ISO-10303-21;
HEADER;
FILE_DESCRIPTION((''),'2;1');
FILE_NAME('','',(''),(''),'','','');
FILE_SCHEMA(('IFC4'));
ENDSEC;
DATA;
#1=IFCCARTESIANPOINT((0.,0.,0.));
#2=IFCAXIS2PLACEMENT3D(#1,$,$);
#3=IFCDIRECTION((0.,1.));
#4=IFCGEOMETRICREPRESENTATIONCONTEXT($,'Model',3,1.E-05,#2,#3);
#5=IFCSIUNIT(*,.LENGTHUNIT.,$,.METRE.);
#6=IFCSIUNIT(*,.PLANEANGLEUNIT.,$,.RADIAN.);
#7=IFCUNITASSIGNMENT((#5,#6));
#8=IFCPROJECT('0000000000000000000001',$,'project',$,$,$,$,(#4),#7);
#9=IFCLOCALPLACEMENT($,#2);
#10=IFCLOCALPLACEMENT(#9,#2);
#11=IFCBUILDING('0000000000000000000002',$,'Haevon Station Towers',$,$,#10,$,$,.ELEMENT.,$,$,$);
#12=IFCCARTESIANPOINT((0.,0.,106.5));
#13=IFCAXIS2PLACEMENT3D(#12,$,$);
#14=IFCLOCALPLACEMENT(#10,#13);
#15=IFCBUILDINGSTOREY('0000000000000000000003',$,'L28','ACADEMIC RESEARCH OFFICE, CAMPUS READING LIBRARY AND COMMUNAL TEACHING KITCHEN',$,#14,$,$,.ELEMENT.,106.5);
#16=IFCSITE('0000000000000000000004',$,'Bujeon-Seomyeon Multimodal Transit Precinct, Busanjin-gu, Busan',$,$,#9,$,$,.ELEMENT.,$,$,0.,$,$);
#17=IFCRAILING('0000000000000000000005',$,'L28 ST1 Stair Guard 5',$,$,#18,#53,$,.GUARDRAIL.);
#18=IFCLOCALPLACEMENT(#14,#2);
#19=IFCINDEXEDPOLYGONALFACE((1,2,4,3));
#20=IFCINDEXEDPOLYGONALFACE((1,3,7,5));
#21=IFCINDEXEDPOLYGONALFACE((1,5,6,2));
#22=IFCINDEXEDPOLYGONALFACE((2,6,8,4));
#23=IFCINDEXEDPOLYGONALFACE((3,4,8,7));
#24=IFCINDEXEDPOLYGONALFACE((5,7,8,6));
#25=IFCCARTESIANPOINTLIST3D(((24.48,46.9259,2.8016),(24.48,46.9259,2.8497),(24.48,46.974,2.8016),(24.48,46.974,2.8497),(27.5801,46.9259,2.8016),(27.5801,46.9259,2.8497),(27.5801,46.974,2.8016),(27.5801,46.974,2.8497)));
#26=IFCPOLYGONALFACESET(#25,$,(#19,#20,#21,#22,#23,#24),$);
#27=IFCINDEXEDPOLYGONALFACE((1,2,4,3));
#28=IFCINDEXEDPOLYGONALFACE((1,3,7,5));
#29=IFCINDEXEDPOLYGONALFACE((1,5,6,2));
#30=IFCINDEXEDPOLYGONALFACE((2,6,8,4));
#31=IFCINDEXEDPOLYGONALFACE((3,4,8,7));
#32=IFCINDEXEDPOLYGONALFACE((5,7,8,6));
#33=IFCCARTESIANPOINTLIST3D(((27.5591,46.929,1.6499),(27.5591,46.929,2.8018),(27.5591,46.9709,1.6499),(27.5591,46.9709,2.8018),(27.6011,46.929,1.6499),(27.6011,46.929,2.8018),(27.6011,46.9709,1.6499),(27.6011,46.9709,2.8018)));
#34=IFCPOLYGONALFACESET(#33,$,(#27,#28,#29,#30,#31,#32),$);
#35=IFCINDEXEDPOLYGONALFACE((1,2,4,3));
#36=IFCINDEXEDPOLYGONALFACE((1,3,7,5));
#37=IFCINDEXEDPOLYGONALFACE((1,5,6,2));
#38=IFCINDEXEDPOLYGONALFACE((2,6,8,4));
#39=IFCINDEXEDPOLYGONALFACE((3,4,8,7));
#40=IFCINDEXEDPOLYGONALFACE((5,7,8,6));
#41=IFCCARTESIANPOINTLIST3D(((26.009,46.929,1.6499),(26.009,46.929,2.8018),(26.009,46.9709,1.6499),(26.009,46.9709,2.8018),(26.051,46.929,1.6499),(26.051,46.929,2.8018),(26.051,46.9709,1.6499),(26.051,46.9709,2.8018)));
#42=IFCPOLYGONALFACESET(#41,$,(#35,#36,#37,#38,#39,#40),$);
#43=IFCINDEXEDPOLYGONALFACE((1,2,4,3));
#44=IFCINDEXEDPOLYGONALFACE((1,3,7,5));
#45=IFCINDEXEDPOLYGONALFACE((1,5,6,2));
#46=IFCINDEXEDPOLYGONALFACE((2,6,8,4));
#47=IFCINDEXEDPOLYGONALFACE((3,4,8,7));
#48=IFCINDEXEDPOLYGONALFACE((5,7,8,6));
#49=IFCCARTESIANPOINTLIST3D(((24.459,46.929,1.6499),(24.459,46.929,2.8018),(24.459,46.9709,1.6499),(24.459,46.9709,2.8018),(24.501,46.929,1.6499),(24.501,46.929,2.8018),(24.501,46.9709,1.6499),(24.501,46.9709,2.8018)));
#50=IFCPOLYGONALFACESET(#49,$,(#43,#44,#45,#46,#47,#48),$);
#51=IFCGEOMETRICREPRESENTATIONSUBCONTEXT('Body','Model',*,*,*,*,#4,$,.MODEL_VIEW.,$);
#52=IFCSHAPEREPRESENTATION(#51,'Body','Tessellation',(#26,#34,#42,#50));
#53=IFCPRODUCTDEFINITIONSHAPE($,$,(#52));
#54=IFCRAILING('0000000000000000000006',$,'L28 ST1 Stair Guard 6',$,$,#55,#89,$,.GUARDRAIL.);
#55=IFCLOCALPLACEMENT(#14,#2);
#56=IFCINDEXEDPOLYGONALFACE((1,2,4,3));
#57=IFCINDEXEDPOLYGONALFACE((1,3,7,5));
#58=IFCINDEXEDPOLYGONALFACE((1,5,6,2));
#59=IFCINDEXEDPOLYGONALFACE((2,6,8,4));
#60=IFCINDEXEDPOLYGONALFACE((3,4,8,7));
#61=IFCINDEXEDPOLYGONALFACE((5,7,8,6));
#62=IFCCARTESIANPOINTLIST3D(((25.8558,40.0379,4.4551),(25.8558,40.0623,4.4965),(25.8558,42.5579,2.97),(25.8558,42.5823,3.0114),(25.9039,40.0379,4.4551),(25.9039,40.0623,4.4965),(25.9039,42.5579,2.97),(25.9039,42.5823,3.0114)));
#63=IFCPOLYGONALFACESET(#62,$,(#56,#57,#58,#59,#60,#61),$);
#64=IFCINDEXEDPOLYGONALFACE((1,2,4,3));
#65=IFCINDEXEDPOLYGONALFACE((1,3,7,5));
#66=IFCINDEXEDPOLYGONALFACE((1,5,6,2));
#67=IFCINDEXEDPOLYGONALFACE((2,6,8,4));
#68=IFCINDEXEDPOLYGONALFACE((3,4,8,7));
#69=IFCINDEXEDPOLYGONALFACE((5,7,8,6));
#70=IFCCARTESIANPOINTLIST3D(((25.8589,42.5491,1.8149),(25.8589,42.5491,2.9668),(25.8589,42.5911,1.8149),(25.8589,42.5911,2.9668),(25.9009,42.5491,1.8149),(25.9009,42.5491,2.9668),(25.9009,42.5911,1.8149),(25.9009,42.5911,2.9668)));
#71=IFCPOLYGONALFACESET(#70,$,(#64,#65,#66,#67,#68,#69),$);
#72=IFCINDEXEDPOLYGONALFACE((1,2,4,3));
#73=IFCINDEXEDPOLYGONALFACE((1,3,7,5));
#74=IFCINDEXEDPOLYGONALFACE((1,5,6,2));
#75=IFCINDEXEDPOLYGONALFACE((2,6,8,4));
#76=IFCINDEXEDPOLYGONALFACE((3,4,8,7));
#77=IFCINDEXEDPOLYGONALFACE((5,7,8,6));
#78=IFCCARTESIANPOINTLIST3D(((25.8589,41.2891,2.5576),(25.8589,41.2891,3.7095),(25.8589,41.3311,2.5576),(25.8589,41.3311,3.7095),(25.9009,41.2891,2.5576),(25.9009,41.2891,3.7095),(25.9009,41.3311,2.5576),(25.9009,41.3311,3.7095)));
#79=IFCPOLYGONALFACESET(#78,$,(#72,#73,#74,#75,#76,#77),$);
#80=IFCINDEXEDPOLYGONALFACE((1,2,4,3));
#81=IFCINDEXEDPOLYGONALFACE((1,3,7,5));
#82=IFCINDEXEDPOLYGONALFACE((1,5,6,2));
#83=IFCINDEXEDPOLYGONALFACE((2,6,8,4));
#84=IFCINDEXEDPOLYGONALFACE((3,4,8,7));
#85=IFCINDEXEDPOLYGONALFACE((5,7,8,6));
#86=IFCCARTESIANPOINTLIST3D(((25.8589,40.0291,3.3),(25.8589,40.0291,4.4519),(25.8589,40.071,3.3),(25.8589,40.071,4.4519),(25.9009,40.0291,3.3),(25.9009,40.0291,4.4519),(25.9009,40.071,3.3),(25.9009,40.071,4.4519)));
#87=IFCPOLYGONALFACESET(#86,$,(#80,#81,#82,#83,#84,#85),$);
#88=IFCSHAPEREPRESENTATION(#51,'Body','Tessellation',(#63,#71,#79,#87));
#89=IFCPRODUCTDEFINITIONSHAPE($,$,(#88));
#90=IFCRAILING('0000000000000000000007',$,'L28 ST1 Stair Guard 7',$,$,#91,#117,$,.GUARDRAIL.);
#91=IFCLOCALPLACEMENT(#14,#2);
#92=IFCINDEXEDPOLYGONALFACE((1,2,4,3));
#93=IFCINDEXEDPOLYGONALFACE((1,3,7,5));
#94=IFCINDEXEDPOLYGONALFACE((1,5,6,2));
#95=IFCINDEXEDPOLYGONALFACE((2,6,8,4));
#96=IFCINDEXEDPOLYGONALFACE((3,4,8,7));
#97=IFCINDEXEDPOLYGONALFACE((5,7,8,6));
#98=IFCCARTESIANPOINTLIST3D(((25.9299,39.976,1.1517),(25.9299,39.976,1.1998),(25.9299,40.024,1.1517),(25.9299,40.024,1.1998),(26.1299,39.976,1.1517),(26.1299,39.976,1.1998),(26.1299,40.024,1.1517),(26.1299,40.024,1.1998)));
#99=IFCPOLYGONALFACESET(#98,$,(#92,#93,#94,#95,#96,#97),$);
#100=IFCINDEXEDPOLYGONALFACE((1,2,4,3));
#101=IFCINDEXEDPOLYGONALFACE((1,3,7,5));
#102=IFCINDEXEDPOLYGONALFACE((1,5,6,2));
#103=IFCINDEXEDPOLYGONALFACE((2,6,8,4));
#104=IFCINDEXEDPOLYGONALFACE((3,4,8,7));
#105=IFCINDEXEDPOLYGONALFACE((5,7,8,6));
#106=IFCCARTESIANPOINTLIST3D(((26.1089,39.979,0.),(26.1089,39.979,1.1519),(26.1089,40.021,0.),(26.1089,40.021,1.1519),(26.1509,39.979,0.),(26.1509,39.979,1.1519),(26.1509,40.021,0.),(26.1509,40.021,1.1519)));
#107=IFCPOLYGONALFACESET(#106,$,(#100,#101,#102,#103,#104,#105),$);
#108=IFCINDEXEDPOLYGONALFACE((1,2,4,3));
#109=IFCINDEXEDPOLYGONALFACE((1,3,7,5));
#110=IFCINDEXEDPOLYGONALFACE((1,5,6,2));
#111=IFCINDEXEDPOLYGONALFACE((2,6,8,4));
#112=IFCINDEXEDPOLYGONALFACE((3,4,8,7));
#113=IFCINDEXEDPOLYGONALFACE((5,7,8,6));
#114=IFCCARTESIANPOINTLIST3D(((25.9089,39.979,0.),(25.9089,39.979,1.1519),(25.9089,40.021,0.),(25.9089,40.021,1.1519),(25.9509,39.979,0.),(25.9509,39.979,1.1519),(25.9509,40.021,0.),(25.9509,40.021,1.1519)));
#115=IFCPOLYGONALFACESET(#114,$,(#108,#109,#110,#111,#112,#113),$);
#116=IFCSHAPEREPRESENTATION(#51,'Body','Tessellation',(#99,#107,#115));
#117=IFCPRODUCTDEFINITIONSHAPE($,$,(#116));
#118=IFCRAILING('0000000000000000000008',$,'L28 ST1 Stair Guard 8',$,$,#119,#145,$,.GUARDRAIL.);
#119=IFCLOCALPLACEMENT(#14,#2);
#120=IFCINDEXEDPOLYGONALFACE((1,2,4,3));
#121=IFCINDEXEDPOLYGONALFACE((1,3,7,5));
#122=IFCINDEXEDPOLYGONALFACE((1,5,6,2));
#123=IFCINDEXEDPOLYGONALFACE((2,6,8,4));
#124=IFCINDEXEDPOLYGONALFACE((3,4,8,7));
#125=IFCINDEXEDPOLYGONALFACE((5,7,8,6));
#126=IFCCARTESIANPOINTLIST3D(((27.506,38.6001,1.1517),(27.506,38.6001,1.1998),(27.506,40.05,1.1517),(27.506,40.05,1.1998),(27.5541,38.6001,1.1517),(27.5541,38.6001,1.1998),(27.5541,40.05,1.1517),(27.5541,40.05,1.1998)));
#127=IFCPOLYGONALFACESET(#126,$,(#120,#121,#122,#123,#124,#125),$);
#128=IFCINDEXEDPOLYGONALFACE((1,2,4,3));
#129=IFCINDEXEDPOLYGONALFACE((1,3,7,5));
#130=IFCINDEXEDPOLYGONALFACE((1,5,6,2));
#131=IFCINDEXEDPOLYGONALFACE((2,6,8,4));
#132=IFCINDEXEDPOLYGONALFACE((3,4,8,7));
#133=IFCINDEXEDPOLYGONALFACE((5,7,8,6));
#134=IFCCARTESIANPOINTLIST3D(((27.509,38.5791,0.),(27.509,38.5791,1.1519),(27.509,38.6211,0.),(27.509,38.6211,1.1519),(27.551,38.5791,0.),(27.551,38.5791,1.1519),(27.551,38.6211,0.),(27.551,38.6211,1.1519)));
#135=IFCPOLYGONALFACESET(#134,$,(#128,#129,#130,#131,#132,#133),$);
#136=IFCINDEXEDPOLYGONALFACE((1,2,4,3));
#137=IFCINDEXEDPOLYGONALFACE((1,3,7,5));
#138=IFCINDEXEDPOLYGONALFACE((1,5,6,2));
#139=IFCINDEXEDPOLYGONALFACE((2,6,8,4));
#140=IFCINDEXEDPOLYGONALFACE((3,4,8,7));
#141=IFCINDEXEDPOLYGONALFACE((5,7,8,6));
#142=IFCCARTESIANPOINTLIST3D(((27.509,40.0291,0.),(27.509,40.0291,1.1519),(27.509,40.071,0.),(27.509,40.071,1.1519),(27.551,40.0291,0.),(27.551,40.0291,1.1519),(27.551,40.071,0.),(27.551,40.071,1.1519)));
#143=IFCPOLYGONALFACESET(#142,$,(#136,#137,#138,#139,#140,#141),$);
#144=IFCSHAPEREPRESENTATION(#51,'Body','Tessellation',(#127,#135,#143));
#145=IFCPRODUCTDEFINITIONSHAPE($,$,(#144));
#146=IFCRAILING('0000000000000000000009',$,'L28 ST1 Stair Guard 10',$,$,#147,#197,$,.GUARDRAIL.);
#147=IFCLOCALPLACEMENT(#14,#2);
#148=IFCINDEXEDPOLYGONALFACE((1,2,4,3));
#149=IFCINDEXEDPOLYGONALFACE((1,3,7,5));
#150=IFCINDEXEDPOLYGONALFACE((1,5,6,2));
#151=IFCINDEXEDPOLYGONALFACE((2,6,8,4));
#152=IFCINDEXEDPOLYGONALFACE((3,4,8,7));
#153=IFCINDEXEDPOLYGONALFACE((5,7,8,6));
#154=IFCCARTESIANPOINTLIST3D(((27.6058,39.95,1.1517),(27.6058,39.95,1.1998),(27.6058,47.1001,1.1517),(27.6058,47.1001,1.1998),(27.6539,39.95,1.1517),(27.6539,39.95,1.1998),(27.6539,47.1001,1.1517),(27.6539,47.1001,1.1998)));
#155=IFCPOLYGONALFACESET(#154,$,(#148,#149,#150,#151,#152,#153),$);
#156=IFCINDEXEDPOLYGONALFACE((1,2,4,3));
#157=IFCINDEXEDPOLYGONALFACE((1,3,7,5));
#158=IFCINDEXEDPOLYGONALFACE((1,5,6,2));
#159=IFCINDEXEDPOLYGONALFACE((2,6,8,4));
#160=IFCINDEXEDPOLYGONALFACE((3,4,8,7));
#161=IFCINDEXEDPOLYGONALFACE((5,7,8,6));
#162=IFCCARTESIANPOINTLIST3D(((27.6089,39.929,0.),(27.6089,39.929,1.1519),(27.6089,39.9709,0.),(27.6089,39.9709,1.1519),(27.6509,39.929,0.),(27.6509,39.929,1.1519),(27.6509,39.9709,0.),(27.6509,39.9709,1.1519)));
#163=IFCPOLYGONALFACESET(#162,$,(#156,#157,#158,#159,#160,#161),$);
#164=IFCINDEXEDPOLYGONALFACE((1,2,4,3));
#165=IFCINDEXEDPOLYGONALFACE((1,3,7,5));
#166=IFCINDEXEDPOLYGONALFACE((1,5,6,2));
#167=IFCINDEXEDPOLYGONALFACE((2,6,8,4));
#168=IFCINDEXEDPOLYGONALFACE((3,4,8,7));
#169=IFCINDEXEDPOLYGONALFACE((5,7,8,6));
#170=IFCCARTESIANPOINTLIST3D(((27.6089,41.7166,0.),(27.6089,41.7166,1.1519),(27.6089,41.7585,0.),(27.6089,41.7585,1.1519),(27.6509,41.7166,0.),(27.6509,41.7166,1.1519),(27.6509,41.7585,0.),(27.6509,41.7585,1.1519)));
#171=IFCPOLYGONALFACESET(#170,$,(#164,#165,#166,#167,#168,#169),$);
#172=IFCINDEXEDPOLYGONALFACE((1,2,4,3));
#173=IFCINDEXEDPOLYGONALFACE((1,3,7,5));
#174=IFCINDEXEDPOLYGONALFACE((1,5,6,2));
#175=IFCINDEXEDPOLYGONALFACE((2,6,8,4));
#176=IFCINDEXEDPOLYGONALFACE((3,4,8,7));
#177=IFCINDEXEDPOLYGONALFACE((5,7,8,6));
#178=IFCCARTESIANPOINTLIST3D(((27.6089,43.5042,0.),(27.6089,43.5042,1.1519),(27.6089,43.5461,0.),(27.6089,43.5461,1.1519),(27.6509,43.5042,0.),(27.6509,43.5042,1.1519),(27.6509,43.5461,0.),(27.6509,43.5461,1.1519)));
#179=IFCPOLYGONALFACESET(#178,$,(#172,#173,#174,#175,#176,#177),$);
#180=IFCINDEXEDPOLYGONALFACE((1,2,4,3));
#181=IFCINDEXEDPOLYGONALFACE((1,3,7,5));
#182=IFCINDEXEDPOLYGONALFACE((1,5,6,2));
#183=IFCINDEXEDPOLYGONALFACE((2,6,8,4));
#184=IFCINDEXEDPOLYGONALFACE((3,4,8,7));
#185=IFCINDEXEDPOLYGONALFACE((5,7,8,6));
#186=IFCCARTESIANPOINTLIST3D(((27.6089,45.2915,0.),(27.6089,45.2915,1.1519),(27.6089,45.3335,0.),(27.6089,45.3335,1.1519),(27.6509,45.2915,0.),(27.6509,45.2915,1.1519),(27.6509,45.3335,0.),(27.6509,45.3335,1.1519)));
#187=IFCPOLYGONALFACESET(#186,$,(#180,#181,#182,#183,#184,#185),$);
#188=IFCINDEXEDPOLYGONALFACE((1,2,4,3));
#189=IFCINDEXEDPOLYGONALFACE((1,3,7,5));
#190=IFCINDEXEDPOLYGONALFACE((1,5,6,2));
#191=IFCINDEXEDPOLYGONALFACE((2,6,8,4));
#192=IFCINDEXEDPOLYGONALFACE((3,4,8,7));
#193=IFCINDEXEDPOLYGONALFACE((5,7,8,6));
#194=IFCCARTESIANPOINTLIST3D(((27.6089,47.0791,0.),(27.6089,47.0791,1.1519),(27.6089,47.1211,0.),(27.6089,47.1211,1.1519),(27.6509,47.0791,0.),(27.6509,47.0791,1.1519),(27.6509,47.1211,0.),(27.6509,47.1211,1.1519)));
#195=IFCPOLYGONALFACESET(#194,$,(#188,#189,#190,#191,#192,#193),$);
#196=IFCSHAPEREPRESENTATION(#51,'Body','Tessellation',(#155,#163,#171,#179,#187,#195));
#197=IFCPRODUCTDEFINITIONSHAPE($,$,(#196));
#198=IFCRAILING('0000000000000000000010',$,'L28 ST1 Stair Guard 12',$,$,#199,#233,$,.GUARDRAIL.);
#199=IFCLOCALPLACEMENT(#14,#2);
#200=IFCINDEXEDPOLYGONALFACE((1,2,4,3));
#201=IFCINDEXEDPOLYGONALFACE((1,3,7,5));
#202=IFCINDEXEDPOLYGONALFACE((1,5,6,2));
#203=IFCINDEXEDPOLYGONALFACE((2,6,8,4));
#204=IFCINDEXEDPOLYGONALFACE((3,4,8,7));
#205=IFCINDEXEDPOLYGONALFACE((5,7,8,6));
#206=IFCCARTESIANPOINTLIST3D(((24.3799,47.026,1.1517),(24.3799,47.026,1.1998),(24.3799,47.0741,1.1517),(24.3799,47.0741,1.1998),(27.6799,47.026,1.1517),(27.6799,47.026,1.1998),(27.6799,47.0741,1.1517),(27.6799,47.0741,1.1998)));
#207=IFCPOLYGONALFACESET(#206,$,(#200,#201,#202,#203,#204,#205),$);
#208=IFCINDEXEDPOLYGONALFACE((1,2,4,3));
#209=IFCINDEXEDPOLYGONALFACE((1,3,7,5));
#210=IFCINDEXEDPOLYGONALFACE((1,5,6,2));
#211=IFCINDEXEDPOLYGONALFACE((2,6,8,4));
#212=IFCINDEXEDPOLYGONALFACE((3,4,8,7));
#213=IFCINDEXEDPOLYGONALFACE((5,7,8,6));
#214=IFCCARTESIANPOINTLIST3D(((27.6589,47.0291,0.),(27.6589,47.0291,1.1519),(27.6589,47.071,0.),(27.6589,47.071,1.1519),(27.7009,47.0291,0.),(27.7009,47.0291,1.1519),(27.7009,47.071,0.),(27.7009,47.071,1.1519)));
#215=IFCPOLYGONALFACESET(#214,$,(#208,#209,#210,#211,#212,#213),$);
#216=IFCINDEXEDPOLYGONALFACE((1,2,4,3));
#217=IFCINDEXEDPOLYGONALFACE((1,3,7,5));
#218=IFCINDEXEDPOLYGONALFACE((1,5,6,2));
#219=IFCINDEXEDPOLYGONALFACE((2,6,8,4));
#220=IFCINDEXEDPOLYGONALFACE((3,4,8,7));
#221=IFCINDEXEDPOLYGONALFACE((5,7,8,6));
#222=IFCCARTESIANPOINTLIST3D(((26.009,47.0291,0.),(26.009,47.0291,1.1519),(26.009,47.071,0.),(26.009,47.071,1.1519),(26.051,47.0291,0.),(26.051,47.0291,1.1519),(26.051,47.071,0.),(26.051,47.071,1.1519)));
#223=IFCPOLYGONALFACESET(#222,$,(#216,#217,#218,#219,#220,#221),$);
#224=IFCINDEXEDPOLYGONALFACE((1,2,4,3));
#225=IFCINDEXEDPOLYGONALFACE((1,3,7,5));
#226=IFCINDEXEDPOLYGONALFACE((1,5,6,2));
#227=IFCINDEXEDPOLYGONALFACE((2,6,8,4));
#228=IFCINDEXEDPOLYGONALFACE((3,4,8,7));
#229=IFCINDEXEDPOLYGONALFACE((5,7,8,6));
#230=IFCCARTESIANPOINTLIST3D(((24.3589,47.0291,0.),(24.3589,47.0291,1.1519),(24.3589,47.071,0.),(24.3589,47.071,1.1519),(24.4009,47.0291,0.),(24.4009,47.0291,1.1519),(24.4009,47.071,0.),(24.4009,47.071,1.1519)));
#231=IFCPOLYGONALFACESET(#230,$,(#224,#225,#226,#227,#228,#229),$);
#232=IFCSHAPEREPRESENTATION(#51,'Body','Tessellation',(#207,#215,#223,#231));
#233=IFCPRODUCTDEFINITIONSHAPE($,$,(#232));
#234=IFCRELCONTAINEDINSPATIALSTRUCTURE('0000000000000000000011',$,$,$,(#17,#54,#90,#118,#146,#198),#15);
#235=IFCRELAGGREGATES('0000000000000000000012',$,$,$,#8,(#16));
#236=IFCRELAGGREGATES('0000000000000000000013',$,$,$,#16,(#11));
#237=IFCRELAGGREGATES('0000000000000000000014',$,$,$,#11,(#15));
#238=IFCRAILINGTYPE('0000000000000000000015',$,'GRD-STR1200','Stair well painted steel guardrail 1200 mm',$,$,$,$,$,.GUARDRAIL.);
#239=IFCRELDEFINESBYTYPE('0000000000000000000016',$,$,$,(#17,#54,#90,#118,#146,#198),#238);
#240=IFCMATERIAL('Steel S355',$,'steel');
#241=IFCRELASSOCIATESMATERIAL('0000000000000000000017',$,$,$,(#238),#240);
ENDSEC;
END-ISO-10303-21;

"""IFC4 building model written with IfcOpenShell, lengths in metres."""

from ifc_helpers import new_model, si_unit, direction, frame, origin, origin_2d, place, context, subcontext, project, spatial, rectangle, extrude, material, type_object, element, save


model = new_model("IFC4")

# Units and contexts
model_context = context("Model", 3, precision=1e-05, world=origin(), true_north=direction((0.0, 1.0)))
body_context = subcontext(model_context, "Body", "Model", "MODEL_VIEW")
ifc_project = project(units=[si_unit("LENGTHUNIT", "METRE"), si_unit("PLANEANGLEUNIT", "RADIAN")], contexts=[model_context])

# Site, building, storey
site_placement = place(None, origin())
site = spatial("IfcSite", under=ifc_project, at=site_placement, Name="Bujeon-Seomyeon Multimodal Transit Precinct, Busanjin-gu, Busan", CompositionType="ELEMENT", RefElevation=0.0)
building_placement = place(site_placement, origin())
building = spatial("IfcBuilding", under=site, at=building_placement, Name="Haevon Station Towers", CompositionType="ELEMENT")
storey_placement = place(building_placement, frame((0.0, 0.0, 106.5)))
storey = spatial("IfcBuildingStorey", under=building, at=storey_placement, Name="L28", Description="ACADEMIC RESEARCH OFFICE, CAMPUS READING LIBRARY AND COMMUNAL TEACHING KITCHEN", CompositionType="ELEMENT", Elevation=106.5)

# Shared definitions
ifc_material_1 = material(Name="Steel S355", Category="steel")

# Railings
railing_type_1 = type_object("IfcRailingType", Name="GRD-STR1200", Description="Stair well painted steel guardrail 1200 mm", PredefinedType="GUARDRAIL", material=ifc_material_1)
railing_1_placement = place(storey_placement, frame((27.5801, 46.95, 1.6499)))
element("IfcRailing", 1, at=railing_1_placement, inside=storey, type_object=railing_type_1, Name="L28 ST1 Stair Guard 5", PredefinedType="GUARDRAIL", context=body_context, shape_type="SweptSolid", body=[
    extrude(rectangle(XDim=0.0481, YDim=0.0481, at=origin_2d()), frame((0.0, 0.0, 1.1758), z_axis=(-1.0, 0.0, 0.0), x_axis=(0.0, -1.0, 0.0)), (0.0, 0.0, 1.0), 3.1001),
    extrude(rectangle(XDim=0.042, YDim=0.042, at=origin_2d()), origin(), (0.0, 0.0, 1.0), 1.1519),
    extrude(rectangle(XDim=0.042, YDim=0.042, at=origin_2d()), frame((-1.55, 0.0, 0.0)), (0.0, 0.0, 1.0), 1.1519),
    extrude(rectangle(XDim=0.042, YDim=0.042, at=origin_2d()), frame((-3.1001, 0.0, 0.0)), (0.0, 0.0, 1.0), 1.1519),
])
railing_2_placement = place(storey_placement, frame((25.8799, 42.5701, 1.8149)))
element("IfcRailing", 2, at=railing_2_placement, inside=storey, type_object=railing_type_1, Name="L28 ST1 Stair Guard 6", PredefinedType="GUARDRAIL", context=body_context, shape_type="SweptSolid", body=[
    extrude(rectangle(XDim=0.0481, YDim=0.0481, at=origin_2d()), frame((0.0, 0.0, 1.1758), z_axis=(0.0, -0.861524, 0.507717), x_axis=(1.0, 0.0, 0.0)), (0.0, 0.0, 1.0), 2.925),
    extrude(rectangle(XDim=0.042, YDim=0.042, at=origin_2d()), origin(), (0.0, 0.0, 1.0), 1.1519),
    extrude(rectangle(XDim=0.042, YDim=0.042, at=origin_2d()), frame((0.0, -1.26, 0.7427)), (0.0, 0.0, 1.0), 1.1519),
    extrude(rectangle(XDim=0.042, YDim=0.042, at=origin_2d()), frame((0.0, -2.52, 1.4851)), (0.0, 0.0, 1.0), 1.1519),
])
railing_3_placement = place(storey_placement, frame((26.1299, 40.0, 0.0)))
element("IfcRailing", 3, at=railing_3_placement, inside=storey, type_object=railing_type_1, Name="L28 ST1 Stair Guard 7", PredefinedType="GUARDRAIL", context=body_context, shape_type="SweptSolid", body=[
    extrude(rectangle(XDim=0.0481, YDim=0.0481, at=origin_2d()), frame((0.0, 0.0, 1.1758), z_axis=(-1.0, 0.0, 0.0), x_axis=(0.0, -1.0, 0.0)), (0.0, 0.0, 1.0), 0.2),
    extrude(rectangle(XDim=0.042, YDim=0.042, at=origin_2d()), origin(), (0.0, 0.0, 1.0), 1.1519),
    extrude(rectangle(XDim=0.042, YDim=0.042, at=origin_2d()), frame((-0.2, 0.0, 0.0)), (0.0, 0.0, 1.0), 1.1519),
])
railing_4_placement = place(storey_placement, frame((27.53, 38.6001, 0.0)))
element("IfcRailing", 4, at=railing_4_placement, inside=storey, type_object=railing_type_1, Name="L28 ST1 Stair Guard 8", PredefinedType="GUARDRAIL", context=body_context, shape_type="SweptSolid", body=[
    extrude(rectangle(XDim=0.0481, YDim=0.0481, at=origin_2d()), frame((0.0, 0.0, 1.1758), z_axis=(0.0, 1.0, 0.0), x_axis=(-1.0, 0.0, 0.0)), (0.0, 0.0, 1.0), 1.45),
    extrude(rectangle(XDim=0.042, YDim=0.042, at=origin_2d()), origin(), (0.0, 0.0, 1.0), 1.1519),
    extrude(rectangle(XDim=0.042, YDim=0.042, at=origin_2d()), frame((0.0, 1.45, 0.0)), (0.0, 0.0, 1.0), 1.1519),
])
railing_5_placement = place(storey_placement, frame((27.6299, 39.95, 0.0)))
element("IfcRailing", 5, at=railing_5_placement, inside=storey, type_object=railing_type_1, Name="L28 ST1 Stair Guard 10", PredefinedType="GUARDRAIL", context=body_context, shape_type="SweptSolid", body=[
    extrude(rectangle(XDim=0.0481, YDim=0.0481, at=origin_2d()), frame((0.0, 0.0, 1.1758), z_axis=(0.0, 1.0, 0.0), x_axis=(-1.0, 0.0, 0.0)), (0.0, 0.0, 1.0), 7.1501),
    extrude(rectangle(XDim=0.042, YDim=0.042, at=origin_2d()), origin(), (0.0, 0.0, 1.0), 1.1519),
    extrude(rectangle(XDim=0.042, YDim=0.042, at=origin_2d()), frame((0.0, 1.7876, 0.0)), (0.0, 0.0, 1.0), 1.1519),
    extrude(rectangle(XDim=0.042, YDim=0.042, at=origin_2d()), frame((0.0, 3.5752, 0.0)), (0.0, 0.0, 1.0), 1.1519),
    extrude(rectangle(XDim=0.042, YDim=0.042, at=origin_2d()), frame((0.0, 5.3625, 0.0)), (0.0, 0.0, 1.0), 1.1519),
    extrude(rectangle(XDim=0.042, YDim=0.042, at=origin_2d()), frame((0.0, 7.1501, 0.0)), (0.0, 0.0, 1.0), 1.1519),
])
railing_6_placement = place(storey_placement, frame((27.6799, 47.05, 0.0)))
element("IfcRailing", 6, at=railing_6_placement, inside=storey, type_object=railing_type_1, Name="L28 ST1 Stair Guard 12", PredefinedType="GUARDRAIL", context=body_context, shape_type="SweptSolid", body=[
    extrude(rectangle(XDim=0.0481, YDim=0.0481, at=origin_2d()), frame((0.0, 0.0, 1.1758), z_axis=(-1.0, 0.0, 0.0), x_axis=(0.0, -1.0, 0.0)), (0.0, 0.0, 1.0), 3.3),
    extrude(rectangle(XDim=0.042, YDim=0.042, at=origin_2d()), origin(), (0.0, 0.0, 1.0), 1.1519),
    extrude(rectangle(XDim=0.042, YDim=0.042, at=origin_2d()), frame((-1.6499, 0.0, 0.0)), (0.0, 0.0, 1.0), 1.1519),
    extrude(rectangle(XDim=0.042, YDim=0.042, at=origin_2d()), frame((-3.3, 0.0, 0.0)), (0.0, 0.0, 1.0), 1.1519),
])

save(model, "model.ifc")
